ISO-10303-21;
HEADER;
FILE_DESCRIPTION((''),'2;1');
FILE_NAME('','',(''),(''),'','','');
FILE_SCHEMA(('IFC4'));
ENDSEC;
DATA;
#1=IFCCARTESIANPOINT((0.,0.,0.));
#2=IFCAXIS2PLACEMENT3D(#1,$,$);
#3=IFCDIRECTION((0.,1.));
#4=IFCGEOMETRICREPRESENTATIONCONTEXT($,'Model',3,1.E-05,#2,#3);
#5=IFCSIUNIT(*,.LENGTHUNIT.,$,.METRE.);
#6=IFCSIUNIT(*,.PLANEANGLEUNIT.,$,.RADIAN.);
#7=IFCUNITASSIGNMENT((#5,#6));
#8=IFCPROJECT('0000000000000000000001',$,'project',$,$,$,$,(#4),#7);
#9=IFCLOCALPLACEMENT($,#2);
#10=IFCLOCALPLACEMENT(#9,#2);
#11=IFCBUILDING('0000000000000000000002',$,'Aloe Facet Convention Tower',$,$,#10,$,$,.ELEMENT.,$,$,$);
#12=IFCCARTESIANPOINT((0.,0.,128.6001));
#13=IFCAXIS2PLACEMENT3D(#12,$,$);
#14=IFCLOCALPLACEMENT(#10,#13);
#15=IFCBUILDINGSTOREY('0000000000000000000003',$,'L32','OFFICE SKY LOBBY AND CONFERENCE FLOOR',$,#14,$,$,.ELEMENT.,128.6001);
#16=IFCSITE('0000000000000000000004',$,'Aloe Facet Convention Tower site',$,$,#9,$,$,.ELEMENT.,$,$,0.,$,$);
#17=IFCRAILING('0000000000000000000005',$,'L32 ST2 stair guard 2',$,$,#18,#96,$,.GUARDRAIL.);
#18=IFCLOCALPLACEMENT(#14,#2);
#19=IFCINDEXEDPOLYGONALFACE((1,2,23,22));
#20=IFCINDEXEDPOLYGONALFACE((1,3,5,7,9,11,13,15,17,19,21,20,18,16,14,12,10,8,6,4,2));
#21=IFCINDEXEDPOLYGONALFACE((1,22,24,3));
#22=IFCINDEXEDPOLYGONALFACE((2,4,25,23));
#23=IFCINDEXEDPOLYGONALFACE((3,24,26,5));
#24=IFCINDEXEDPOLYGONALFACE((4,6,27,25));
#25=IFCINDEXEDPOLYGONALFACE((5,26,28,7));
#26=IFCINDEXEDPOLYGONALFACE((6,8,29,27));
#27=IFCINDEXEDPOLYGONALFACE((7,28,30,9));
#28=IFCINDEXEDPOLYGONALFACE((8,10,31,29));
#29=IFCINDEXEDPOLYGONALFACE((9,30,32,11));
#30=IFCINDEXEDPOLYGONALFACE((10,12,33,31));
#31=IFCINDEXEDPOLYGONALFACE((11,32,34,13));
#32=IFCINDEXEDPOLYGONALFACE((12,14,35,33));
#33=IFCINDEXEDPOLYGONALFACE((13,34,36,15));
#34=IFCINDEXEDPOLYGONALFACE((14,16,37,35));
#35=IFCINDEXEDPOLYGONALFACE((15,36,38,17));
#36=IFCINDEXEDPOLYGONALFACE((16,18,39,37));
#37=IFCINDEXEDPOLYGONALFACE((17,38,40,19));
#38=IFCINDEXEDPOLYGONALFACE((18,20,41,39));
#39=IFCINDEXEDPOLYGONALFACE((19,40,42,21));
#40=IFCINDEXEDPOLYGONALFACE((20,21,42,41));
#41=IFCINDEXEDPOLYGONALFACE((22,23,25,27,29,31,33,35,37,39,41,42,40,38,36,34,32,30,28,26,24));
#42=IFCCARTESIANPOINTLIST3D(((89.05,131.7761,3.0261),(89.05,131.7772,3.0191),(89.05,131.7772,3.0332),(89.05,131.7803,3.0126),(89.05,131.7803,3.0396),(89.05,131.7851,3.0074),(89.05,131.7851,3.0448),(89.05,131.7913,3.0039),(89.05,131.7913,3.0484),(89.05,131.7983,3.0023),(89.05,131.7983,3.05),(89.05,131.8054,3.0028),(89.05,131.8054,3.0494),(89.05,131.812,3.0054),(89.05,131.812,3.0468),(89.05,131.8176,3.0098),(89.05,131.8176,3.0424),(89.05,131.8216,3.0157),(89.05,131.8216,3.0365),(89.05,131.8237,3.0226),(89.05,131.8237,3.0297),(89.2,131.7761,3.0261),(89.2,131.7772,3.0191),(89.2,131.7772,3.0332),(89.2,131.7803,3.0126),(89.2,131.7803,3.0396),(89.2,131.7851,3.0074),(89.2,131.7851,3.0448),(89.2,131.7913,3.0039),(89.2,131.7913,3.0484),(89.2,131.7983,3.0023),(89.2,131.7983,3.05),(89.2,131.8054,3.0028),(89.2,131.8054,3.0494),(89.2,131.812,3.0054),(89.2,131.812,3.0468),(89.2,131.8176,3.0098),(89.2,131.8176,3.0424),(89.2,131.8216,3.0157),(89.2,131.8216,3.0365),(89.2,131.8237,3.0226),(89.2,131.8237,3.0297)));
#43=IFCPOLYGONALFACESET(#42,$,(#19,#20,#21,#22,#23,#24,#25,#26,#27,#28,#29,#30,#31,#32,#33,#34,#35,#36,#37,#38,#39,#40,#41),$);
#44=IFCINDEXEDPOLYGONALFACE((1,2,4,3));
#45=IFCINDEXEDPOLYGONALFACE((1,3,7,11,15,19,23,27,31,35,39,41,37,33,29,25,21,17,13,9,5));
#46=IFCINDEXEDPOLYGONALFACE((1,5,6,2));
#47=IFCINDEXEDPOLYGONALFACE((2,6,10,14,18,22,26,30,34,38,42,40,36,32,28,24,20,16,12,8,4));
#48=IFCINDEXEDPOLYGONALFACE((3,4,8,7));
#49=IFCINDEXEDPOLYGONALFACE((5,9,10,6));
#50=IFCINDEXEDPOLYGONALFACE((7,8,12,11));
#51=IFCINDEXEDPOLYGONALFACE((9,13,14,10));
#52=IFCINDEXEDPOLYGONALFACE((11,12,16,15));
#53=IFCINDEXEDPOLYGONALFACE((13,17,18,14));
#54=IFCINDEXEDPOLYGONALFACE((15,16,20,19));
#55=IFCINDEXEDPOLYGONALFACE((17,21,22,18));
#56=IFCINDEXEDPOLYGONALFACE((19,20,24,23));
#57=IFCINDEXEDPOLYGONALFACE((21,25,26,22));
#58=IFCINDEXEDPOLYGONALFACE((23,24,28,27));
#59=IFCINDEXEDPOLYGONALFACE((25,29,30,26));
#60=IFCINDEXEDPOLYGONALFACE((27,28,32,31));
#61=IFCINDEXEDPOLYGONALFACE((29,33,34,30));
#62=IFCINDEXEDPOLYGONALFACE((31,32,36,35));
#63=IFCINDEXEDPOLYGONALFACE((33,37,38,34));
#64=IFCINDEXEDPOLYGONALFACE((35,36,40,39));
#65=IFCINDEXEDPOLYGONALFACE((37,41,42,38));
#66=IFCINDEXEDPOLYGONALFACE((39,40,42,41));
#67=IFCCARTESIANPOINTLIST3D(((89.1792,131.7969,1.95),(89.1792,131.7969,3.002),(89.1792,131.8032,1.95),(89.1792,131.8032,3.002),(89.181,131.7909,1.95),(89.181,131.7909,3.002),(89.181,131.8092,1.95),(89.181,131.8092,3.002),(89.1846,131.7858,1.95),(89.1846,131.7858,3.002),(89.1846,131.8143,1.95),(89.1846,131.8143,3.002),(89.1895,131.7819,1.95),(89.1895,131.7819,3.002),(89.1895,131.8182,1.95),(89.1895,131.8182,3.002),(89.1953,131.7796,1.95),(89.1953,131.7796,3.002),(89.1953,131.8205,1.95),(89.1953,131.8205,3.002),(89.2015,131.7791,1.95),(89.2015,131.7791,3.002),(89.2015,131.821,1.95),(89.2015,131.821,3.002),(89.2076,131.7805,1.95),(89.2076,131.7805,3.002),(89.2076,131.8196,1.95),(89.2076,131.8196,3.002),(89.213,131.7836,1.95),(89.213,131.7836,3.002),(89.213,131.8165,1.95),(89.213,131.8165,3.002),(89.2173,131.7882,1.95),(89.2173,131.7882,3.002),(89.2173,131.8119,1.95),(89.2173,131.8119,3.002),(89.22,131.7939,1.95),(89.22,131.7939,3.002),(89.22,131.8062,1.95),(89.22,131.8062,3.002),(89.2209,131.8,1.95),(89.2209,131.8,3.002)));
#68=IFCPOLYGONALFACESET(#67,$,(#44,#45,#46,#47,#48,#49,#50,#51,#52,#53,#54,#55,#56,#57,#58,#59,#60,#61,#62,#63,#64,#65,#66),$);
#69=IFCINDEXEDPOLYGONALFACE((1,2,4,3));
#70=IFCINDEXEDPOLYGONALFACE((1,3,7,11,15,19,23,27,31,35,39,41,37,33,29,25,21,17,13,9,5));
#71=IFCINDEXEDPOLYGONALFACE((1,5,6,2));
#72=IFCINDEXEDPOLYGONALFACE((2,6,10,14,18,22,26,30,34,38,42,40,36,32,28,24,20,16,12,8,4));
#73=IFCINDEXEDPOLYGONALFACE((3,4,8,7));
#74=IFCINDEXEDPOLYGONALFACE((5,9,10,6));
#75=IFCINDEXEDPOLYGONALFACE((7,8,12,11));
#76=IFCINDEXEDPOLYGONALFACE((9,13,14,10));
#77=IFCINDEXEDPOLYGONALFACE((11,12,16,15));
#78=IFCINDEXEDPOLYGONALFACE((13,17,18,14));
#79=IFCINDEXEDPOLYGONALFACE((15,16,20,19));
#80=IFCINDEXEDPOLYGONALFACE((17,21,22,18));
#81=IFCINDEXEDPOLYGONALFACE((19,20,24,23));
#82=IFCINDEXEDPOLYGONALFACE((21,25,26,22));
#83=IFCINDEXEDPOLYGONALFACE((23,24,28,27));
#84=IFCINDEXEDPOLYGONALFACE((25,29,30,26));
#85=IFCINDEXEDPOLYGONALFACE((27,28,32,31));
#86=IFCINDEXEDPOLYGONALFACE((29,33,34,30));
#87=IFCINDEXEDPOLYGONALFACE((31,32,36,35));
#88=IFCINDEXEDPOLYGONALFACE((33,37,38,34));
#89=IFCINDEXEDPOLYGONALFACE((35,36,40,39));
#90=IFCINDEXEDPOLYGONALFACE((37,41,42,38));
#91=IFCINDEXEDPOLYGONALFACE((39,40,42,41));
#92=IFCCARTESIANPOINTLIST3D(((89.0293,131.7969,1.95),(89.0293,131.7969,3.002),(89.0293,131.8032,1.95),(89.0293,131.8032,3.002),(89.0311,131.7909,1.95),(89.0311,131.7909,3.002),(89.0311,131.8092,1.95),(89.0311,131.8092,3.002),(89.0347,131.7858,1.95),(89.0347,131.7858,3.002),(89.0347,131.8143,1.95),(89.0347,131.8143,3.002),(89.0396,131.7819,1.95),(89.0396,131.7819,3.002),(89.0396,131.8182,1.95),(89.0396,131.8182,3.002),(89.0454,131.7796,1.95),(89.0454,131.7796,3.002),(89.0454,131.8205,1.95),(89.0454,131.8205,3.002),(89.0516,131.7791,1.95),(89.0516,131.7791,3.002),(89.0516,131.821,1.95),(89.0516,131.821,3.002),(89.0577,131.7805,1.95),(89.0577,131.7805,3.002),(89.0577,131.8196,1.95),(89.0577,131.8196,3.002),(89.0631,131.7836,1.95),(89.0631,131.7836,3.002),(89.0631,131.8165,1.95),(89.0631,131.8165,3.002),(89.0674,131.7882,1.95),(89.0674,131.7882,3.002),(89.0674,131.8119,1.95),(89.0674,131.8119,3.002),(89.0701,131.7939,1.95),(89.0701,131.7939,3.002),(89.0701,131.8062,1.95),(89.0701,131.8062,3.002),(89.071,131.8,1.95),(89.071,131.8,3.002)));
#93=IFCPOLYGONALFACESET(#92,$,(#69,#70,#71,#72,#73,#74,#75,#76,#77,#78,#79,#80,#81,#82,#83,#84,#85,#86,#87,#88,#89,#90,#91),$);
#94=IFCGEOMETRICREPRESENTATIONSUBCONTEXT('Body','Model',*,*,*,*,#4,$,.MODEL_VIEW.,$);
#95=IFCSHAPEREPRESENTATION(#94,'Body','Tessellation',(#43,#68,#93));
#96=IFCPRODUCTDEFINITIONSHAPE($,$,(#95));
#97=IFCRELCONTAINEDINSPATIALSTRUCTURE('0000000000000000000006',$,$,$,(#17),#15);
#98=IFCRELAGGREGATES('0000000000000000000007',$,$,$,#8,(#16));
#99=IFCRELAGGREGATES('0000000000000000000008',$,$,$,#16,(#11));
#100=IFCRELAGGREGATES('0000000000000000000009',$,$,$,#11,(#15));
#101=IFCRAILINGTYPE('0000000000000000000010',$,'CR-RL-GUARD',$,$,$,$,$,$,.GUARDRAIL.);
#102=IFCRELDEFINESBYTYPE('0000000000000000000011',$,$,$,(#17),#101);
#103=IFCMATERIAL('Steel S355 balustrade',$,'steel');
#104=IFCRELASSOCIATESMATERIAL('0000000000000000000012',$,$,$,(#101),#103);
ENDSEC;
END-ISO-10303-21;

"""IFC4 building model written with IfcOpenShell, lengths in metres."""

from ifc_helpers import new_model, si_unit, direction, frame, origin, origin_2d, place, context, subcontext, project, spatial, circle, extrude, material, type_object, element, save


model = new_model("IFC4")

# Units and contexts
model_context = context("Model", 3, precision=1e-05, world=origin(), true_north=direction((0.0, 1.0)))
body_context = subcontext(model_context, "Body", "Model", "MODEL_VIEW")
ifc_project = project(units=[si_unit("LENGTHUNIT", "METRE"), si_unit("PLANEANGLEUNIT", "RADIAN")], contexts=[model_context])

# Site, building, storey
site_placement = place(None, origin())
site = spatial("IfcSite", under=ifc_project, at=site_placement, Name="Aloe Facet Convention Tower site", CompositionType="ELEMENT", RefElevation=0.0)
building_placement = place(site_placement, origin())
building = spatial("IfcBuilding", under=site, at=building_placement, Name="Aloe Facet Convention Tower", CompositionType="ELEMENT")
storey_placement = place(building_placement, frame((0.0, 0.0, 128.6001)))
storey = spatial("IfcBuildingStorey", under=building, at=storey_placement, Name="L32", Description="OFFICE SKY LOBBY AND CONFERENCE FLOOR", CompositionType="ELEMENT", Elevation=128.6001)

# Railing
ifc_material_1 = material(Name="Steel S355 balustrade", Category="steel")
railing_type_1 = type_object("IfcRailingType", Name="CR-RL-GUARD", PredefinedType="GUARDRAIL", material=ifc_material_1)
railing_1_placement = place(storey_placement, frame((89.2, 131.8, 1.95)))
element("IfcRailing", 1, at=railing_1_placement, inside=storey, type_object=railing_type_1, Name="L32 ST2 stair guard 2", PredefinedType="GUARDRAIL", context=body_context, shape_type="SweptSolid", body=[
    extrude(circle(Radius=0.0239, at=origin_2d()), frame((0.0, 0.0, 1.0762), z_axis=(-1.0, 0.0, 0.0), x_axis=(0.0, -1.0, 0.0)), (0.0, 0.0, 1.0), 0.1499),
    extrude(circle(Radius=0.021, at=origin_2d()), origin(), (0.0, 0.0, 1.0), 1.052),
    extrude(circle(Radius=0.021, at=origin_2d()), frame((-0.1499, 0.0, 0.0)), (0.0, 0.0, 1.0), 1.052),
])

save(model, "model.ifc")
